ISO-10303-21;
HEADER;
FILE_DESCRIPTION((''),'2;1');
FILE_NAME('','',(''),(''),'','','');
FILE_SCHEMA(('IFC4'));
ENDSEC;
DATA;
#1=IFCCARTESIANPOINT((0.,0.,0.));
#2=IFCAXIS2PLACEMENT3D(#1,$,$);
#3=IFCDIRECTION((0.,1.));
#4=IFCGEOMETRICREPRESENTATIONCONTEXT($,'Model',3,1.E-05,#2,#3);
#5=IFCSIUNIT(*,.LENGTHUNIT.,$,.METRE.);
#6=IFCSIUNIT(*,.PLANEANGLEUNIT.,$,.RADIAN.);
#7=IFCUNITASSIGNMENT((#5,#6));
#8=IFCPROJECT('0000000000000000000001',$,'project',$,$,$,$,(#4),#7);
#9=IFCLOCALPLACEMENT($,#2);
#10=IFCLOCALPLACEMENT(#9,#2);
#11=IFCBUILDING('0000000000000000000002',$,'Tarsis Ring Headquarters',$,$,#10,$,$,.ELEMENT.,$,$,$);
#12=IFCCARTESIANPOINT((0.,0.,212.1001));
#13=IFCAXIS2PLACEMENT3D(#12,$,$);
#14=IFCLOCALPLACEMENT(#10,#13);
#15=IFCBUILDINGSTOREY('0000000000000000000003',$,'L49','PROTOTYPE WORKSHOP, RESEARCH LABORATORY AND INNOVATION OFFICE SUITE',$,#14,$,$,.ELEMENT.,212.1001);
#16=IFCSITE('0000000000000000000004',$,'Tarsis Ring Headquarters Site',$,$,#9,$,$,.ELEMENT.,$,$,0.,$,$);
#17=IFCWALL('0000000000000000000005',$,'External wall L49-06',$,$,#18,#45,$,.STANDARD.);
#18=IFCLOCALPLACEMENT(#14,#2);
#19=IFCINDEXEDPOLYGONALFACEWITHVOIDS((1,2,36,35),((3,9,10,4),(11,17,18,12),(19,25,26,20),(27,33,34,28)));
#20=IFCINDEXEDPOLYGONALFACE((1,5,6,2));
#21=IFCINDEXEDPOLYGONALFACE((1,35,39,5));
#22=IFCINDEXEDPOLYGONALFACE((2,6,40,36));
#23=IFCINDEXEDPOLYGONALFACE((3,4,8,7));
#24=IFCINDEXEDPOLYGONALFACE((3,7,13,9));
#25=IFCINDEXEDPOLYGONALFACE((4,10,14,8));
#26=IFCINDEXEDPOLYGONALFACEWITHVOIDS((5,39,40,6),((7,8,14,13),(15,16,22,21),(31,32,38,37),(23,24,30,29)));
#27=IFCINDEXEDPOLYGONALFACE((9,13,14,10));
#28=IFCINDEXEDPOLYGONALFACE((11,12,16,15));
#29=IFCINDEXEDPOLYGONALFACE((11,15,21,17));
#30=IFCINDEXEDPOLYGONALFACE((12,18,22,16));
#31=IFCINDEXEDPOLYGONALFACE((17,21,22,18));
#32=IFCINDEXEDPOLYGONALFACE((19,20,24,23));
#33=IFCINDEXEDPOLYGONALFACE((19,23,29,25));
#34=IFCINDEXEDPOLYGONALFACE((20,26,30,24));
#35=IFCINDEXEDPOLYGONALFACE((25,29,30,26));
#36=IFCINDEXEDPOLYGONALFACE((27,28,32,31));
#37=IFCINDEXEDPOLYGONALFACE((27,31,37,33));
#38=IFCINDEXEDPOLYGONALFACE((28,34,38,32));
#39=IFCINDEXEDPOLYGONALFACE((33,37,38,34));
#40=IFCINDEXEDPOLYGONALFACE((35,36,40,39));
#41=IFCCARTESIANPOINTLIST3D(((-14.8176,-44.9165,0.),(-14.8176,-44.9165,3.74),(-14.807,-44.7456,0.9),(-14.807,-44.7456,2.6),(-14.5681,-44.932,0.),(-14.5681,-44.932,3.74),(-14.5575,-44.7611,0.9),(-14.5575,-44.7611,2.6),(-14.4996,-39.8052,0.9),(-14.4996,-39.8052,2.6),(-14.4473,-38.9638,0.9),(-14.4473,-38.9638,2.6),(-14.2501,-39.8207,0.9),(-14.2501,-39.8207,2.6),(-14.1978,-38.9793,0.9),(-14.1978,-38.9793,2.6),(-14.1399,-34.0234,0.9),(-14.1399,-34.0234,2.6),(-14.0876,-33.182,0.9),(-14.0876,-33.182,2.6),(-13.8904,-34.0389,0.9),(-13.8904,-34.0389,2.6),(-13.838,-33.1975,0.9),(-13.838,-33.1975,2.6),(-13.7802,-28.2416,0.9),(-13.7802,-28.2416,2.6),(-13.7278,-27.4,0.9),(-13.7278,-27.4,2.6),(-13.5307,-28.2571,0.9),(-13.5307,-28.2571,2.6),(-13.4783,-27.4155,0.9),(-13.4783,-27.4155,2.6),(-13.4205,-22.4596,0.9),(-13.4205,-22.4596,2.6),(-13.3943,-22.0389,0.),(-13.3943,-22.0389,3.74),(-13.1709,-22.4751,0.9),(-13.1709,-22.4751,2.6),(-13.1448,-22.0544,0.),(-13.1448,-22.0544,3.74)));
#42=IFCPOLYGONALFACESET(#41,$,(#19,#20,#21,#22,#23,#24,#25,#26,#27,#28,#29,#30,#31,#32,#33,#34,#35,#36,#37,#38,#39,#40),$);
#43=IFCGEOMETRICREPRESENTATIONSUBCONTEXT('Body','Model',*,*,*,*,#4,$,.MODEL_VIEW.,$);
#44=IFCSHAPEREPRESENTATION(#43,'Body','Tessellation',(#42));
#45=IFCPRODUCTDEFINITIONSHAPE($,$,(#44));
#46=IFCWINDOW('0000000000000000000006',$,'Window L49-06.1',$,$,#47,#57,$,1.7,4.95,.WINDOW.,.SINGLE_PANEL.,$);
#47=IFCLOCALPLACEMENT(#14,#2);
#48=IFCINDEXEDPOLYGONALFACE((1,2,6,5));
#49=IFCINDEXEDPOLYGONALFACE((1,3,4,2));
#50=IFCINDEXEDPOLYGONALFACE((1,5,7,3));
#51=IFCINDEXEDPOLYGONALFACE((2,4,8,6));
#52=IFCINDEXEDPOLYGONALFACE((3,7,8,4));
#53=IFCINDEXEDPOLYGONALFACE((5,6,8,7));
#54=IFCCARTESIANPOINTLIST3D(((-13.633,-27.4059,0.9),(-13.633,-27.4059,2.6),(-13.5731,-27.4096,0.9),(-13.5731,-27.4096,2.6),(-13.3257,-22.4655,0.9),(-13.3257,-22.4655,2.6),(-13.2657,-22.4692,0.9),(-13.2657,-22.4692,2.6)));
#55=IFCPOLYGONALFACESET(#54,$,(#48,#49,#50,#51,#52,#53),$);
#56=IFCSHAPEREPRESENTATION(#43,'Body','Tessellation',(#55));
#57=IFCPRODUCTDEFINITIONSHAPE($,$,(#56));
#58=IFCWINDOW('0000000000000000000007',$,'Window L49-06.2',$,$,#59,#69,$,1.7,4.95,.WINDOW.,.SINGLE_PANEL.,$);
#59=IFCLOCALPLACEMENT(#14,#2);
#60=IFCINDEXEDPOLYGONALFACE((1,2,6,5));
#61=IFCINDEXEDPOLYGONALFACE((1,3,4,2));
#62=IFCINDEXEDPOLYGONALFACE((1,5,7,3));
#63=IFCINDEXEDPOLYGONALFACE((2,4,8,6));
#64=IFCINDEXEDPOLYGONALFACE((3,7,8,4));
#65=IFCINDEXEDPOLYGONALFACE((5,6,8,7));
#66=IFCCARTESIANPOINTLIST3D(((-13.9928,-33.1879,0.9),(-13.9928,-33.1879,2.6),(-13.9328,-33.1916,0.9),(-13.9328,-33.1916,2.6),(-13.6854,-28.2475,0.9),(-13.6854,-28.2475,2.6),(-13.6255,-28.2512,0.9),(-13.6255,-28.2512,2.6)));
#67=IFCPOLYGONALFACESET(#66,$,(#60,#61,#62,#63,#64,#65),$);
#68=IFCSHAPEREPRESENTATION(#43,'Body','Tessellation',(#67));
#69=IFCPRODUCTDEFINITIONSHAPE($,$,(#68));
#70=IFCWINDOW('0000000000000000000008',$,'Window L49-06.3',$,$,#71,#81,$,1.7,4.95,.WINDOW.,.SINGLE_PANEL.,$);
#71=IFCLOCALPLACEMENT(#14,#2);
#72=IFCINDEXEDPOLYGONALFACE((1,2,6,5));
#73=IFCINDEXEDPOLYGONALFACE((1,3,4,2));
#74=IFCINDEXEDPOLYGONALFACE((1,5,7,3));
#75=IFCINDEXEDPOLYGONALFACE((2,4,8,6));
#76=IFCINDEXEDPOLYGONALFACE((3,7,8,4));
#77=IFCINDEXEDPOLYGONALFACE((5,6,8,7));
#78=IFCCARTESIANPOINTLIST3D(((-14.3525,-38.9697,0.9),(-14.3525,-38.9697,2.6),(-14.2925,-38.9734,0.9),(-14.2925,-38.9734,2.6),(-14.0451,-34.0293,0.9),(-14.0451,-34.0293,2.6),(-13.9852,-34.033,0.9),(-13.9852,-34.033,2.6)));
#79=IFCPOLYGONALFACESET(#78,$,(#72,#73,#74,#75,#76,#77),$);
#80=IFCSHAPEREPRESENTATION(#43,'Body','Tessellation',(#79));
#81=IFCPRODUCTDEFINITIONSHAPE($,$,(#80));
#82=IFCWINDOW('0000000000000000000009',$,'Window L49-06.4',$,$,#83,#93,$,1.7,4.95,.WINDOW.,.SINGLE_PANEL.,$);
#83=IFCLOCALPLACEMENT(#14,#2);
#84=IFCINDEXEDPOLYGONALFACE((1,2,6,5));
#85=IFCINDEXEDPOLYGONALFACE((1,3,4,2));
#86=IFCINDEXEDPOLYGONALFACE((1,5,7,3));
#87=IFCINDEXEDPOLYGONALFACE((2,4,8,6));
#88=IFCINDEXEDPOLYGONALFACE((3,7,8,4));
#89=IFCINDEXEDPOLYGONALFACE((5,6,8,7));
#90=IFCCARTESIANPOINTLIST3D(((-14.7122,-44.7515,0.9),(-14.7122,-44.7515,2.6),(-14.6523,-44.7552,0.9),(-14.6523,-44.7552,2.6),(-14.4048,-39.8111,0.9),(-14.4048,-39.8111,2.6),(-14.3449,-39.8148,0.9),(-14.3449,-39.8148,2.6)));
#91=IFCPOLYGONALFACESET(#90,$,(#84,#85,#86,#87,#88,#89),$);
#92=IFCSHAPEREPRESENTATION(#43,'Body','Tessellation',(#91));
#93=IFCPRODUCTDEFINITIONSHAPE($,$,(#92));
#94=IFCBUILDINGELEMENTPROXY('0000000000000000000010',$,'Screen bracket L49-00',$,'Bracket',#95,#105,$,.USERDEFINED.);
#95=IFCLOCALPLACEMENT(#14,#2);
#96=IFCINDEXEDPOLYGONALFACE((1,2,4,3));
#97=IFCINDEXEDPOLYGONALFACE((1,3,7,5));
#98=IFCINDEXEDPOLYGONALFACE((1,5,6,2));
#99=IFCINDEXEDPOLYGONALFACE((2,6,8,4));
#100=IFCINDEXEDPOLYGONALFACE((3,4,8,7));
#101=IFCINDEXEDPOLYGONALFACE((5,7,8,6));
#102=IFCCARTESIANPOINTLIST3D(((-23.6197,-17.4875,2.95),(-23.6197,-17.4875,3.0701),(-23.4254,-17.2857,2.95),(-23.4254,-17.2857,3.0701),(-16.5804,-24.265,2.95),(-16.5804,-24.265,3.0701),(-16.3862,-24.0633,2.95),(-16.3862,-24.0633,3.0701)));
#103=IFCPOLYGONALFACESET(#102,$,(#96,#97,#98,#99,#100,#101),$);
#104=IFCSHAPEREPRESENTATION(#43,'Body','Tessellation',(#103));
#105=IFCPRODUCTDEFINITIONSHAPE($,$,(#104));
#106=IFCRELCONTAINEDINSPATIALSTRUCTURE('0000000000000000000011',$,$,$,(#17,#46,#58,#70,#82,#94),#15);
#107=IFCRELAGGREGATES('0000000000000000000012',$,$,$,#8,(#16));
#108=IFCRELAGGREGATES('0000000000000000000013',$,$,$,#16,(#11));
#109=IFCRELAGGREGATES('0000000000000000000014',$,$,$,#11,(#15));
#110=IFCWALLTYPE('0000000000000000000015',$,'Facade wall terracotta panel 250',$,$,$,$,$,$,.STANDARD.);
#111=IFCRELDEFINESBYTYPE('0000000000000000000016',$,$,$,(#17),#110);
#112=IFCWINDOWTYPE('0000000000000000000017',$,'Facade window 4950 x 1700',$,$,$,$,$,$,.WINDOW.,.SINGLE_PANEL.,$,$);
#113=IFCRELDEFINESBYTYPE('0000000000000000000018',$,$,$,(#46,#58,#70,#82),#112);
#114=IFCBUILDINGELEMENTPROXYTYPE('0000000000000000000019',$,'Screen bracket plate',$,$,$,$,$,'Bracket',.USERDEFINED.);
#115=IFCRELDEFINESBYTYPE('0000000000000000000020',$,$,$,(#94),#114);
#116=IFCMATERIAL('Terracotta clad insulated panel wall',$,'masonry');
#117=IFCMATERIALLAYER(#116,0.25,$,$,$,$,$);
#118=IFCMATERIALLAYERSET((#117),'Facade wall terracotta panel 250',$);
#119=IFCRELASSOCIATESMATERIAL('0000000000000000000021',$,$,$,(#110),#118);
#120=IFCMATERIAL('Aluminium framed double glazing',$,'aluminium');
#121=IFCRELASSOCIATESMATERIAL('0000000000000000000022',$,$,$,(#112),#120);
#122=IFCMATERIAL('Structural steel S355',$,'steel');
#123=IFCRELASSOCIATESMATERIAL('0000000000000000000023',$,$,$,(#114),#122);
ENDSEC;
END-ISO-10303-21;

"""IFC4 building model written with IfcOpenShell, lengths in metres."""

from ifc_helpers import new_model, si_unit, direction, frame, frame_2d, origin, origin_2d, place, context, subcontext, project, spatial, rectangle, extrude, material, layer, layer_set, type_object, element, fill, save


model = new_model("IFC4")

# Units and contexts
model_context = context("Model", 3, precision=1e-05, world=origin(), true_north=direction((0.0, 1.0)))
body_context = subcontext(model_context, "Body", "Model", "MODEL_VIEW")
ifc_project = project(units=[si_unit("LENGTHUNIT", "METRE"), si_unit("PLANEANGLEUNIT", "RADIAN")], contexts=[model_context])

# Site, building, storey
site_placement = place(None, origin())
site = spatial("IfcSite", under=ifc_project, at=site_placement, Name="Tarsis Ring Headquarters Site", CompositionType="ELEMENT", RefElevation=0.0)
building_placement = place(site_placement, origin())
building = spatial("IfcBuilding", under=site, at=building_placement, Name="Tarsis Ring Headquarters", CompositionType="ELEMENT")
storey_placement = place(building_placement, frame((0.0, 0.0, 212.1001)))
storey = spatial("IfcBuildingStorey", under=building, at=storey_placement, Name="L49", Description="PROTOTYPE WORKSHOP, RESEARCH LABORATORY AND INNOVATION OFFICE SUITE", CompositionType="ELEMENT", Elevation=212.1001)

# Shared definitions
ifc_material_1 = material(Name="Terracotta clad insulated panel wall", Category="masonry")
ifc_layer_1 = layer(ifc_material_1, 0.25)
ifc_layer_set_1 = layer_set([ifc_layer_1], Name="Facade wall terracotta panel 250")
wall_type_1 = type_object("IfcWallType", Name="Facade wall terracotta panel 250", PredefinedType="STANDARD", material=ifc_layer_set_1)
ifc_material_2 = material(Name="Aluminium framed double glazing", Category="aluminium")

# Wall, openings, windows
wall_1_placement = place(storey_placement, frame((-13.2695, -22.0466, 0.0), z_axis=(0.0, 0.0, 1.0), x_axis=(-0.062095, -0.99807, 0.0)))
wall_1 = element("IfcWall", 1, at=wall_1_placement, inside=storey, type_object=wall_type_1, Name="External wall L49-06", PredefinedType="STANDARD", context=body_context, shape_type="SweptSolid", body=[
    extrude(rectangle(XDim=22.9219, YDim=0.25, at=frame_2d((11.4609, 0.0))), origin(), (0.0, 0.0, 1.0), 3.74),
])
opening_1_placement = place(wall_1_placement, frame((0.4214, 0.0, 0.8999)))
opening_1 = element("IfcOpeningElement", 2, at=opening_1_placement, cuts=wall_1, PredefinedType="OPENING", context=body_context, shape_type="SweptSolid", body=[
    extrude(rectangle(XDim=4.95, YDim=1.7, at=frame_2d((2.4751, 0.8501))), frame((0.0, 0.135, 0.0), z_axis=(0.0, -1.0, 0.0), x_axis=(1.0, 0.0, 0.0)), (0.0, 0.0, 1.0), 0.27),
])
opening_2_placement = place(wall_1_placement, frame((6.2146, 0.0, 0.8999)))
opening_2 = element("IfcOpeningElement", 3, at=opening_2_placement, cuts=wall_1, PredefinedType="OPENING", context=body_context, shape_type="SweptSolid", body=[
    extrude(rectangle(XDim=4.95, YDim=1.7, at=frame_2d((2.4751, 0.8501))), frame((0.0, 0.135, 0.0), z_axis=(0.0, -1.0, 0.0), x_axis=(1.0, 0.0, 0.0)), (0.0, 0.0, 1.0), 0.27),
])
opening_3_placement = place(wall_1_placement, frame((12.0076, 0.0, 0.8999)))
opening_3 = element("IfcOpeningElement", 4, at=opening_3_placement, cuts=wall_1, PredefinedType="OPENING", context=body_context, shape_type="SweptSolid", body=[
    extrude(rectangle(XDim=4.95, YDim=1.7, at=frame_2d((2.4751, 0.8501))), frame((0.0, 0.135, 0.0), z_axis=(0.0, -1.0, 0.0), x_axis=(1.0, 0.0, 0.0)), (0.0, 0.0, 1.0), 0.27),
])
opening_4_placement = place(wall_1_placement, frame((17.8005, 0.0, 0.8999)))
opening_4 = element("IfcOpeningElement", 5, at=opening_4_placement, cuts=wall_1, PredefinedType="OPENING", context=body_context, shape_type="SweptSolid", body=[
    extrude(rectangle(XDim=4.95, YDim=1.7, at=frame_2d((2.4751, 0.8501))), frame((0.0, 0.135, 0.0), z_axis=(0.0, -1.0, 0.0), x_axis=(1.0, 0.0, 0.0)), (0.0, 0.0, 1.0), 0.27),
])
window_type_1 = type_object("IfcWindowType", Name="Facade window 4950 x 1700", PartitioningType="SINGLE_PANEL", PredefinedType="WINDOW", material=ifc_material_2)
window_1_placement = place(opening_1_placement, origin())
window_1 = element("IfcWindow", 6, at=window_1_placement, inside=storey, type_object=window_type_1, Name="Window L49-06.1", OverallHeight=1.7, OverallWidth=4.95, PartitioningType="SINGLE_PANEL", PredefinedType="WINDOW", context=body_context, shape_type="SweptSolid", body=[
    extrude(rectangle(XDim=4.95, YDim=1.7, at=frame_2d((2.4751, 0.8501))), frame((0.0, 0.03, 0.0), z_axis=(0.0, -1.0, 0.0), x_axis=(1.0, 0.0, 0.0)), (0.0, 0.0, 1.0), 0.0601),
])
fill(opening_1, window_1)
window_2_placement = place(opening_2_placement, origin())
window_2 = element("IfcWindow", 7, at=window_2_placement, inside=storey, type_object=window_type_1, Name="Window L49-06.2", OverallHeight=1.7, OverallWidth=4.95, PartitioningType="SINGLE_PANEL", PredefinedType="WINDOW", context=body_context, shape_type="SweptSolid", body=[
    extrude(rectangle(XDim=4.95, YDim=1.7, at=frame_2d((2.4751, 0.8501))), frame((0.0, 0.03, 0.0), z_axis=(0.0, -1.0, 0.0), x_axis=(1.0, 0.0, 0.0)), (0.0, 0.0, 1.0), 0.0601),
])
fill(opening_2, window_2)
window_3_placement = place(opening_3_placement, origin())
window_3 = element("IfcWindow", 8, at=window_3_placement, inside=storey, type_object=window_type_1, Name="Window L49-06.3", OverallHeight=1.7, OverallWidth=4.95, PartitioningType="SINGLE_PANEL", PredefinedType="WINDOW", context=body_context, shape_type="SweptSolid", body=[
    extrude(rectangle(XDim=4.95, YDim=1.7, at=frame_2d((2.4751, 0.8501))), frame((0.0, 0.03, 0.0), z_axis=(0.0, -1.0, 0.0), x_axis=(1.0, 0.0, 0.0)), (0.0, 0.0, 1.0), 0.0601),
])
fill(opening_3, window_3)
window_4_placement = place(opening_4_placement, origin())
window_4 = element("IfcWindow", 9, at=window_4_placement, inside=storey, type_object=window_type_1, Name="Window L49-06.4", OverallHeight=1.7, OverallWidth=4.95, PartitioningType="SINGLE_PANEL", PredefinedType="WINDOW", context=body_context, shape_type="SweptSolid", body=[
    extrude(rectangle(XDim=4.95, YDim=1.7, at=frame_2d((2.4751, 0.8501))), frame((0.0, 0.03, 0.0), z_axis=(0.0, -1.0, 0.0), x_axis=(1.0, 0.0, 0.0)), (0.0, 0.0, 1.0), 0.0601),
])
fill(opening_4, window_4)

# Building element proxy
ifc_material_3 = material(Name="Structural steel S355", Category="steel")
building_element_proxy_type = type_object("IfcBuildingElementProxyType", Name="Screen bracket plate", ElementType="Bracket", PredefinedType="USERDEFINED", material=ifc_material_3)
proxy_placement = place(storey_placement, frame((-20.0029, -20.7754, 2.95), z_axis=(0.0, 0.0, 1.0), x_axis=(0.720369, -0.693591, 0.0)))
element("IfcBuildingElementProxy", 10, at=proxy_placement, inside=storey, type_object=building_element_proxy_type, Name="Screen bracket L49-00", ObjectType="Bracket", PredefinedType="USERDEFINED", context=body_context, shape_type="SweptSolid", body=[
    extrude(rectangle(XDim=9.7717, YDim=0.28, at=origin_2d()), origin(), (0.0, 0.0, 1.0), 0.1201),
])

save(model, "model.ifc")
